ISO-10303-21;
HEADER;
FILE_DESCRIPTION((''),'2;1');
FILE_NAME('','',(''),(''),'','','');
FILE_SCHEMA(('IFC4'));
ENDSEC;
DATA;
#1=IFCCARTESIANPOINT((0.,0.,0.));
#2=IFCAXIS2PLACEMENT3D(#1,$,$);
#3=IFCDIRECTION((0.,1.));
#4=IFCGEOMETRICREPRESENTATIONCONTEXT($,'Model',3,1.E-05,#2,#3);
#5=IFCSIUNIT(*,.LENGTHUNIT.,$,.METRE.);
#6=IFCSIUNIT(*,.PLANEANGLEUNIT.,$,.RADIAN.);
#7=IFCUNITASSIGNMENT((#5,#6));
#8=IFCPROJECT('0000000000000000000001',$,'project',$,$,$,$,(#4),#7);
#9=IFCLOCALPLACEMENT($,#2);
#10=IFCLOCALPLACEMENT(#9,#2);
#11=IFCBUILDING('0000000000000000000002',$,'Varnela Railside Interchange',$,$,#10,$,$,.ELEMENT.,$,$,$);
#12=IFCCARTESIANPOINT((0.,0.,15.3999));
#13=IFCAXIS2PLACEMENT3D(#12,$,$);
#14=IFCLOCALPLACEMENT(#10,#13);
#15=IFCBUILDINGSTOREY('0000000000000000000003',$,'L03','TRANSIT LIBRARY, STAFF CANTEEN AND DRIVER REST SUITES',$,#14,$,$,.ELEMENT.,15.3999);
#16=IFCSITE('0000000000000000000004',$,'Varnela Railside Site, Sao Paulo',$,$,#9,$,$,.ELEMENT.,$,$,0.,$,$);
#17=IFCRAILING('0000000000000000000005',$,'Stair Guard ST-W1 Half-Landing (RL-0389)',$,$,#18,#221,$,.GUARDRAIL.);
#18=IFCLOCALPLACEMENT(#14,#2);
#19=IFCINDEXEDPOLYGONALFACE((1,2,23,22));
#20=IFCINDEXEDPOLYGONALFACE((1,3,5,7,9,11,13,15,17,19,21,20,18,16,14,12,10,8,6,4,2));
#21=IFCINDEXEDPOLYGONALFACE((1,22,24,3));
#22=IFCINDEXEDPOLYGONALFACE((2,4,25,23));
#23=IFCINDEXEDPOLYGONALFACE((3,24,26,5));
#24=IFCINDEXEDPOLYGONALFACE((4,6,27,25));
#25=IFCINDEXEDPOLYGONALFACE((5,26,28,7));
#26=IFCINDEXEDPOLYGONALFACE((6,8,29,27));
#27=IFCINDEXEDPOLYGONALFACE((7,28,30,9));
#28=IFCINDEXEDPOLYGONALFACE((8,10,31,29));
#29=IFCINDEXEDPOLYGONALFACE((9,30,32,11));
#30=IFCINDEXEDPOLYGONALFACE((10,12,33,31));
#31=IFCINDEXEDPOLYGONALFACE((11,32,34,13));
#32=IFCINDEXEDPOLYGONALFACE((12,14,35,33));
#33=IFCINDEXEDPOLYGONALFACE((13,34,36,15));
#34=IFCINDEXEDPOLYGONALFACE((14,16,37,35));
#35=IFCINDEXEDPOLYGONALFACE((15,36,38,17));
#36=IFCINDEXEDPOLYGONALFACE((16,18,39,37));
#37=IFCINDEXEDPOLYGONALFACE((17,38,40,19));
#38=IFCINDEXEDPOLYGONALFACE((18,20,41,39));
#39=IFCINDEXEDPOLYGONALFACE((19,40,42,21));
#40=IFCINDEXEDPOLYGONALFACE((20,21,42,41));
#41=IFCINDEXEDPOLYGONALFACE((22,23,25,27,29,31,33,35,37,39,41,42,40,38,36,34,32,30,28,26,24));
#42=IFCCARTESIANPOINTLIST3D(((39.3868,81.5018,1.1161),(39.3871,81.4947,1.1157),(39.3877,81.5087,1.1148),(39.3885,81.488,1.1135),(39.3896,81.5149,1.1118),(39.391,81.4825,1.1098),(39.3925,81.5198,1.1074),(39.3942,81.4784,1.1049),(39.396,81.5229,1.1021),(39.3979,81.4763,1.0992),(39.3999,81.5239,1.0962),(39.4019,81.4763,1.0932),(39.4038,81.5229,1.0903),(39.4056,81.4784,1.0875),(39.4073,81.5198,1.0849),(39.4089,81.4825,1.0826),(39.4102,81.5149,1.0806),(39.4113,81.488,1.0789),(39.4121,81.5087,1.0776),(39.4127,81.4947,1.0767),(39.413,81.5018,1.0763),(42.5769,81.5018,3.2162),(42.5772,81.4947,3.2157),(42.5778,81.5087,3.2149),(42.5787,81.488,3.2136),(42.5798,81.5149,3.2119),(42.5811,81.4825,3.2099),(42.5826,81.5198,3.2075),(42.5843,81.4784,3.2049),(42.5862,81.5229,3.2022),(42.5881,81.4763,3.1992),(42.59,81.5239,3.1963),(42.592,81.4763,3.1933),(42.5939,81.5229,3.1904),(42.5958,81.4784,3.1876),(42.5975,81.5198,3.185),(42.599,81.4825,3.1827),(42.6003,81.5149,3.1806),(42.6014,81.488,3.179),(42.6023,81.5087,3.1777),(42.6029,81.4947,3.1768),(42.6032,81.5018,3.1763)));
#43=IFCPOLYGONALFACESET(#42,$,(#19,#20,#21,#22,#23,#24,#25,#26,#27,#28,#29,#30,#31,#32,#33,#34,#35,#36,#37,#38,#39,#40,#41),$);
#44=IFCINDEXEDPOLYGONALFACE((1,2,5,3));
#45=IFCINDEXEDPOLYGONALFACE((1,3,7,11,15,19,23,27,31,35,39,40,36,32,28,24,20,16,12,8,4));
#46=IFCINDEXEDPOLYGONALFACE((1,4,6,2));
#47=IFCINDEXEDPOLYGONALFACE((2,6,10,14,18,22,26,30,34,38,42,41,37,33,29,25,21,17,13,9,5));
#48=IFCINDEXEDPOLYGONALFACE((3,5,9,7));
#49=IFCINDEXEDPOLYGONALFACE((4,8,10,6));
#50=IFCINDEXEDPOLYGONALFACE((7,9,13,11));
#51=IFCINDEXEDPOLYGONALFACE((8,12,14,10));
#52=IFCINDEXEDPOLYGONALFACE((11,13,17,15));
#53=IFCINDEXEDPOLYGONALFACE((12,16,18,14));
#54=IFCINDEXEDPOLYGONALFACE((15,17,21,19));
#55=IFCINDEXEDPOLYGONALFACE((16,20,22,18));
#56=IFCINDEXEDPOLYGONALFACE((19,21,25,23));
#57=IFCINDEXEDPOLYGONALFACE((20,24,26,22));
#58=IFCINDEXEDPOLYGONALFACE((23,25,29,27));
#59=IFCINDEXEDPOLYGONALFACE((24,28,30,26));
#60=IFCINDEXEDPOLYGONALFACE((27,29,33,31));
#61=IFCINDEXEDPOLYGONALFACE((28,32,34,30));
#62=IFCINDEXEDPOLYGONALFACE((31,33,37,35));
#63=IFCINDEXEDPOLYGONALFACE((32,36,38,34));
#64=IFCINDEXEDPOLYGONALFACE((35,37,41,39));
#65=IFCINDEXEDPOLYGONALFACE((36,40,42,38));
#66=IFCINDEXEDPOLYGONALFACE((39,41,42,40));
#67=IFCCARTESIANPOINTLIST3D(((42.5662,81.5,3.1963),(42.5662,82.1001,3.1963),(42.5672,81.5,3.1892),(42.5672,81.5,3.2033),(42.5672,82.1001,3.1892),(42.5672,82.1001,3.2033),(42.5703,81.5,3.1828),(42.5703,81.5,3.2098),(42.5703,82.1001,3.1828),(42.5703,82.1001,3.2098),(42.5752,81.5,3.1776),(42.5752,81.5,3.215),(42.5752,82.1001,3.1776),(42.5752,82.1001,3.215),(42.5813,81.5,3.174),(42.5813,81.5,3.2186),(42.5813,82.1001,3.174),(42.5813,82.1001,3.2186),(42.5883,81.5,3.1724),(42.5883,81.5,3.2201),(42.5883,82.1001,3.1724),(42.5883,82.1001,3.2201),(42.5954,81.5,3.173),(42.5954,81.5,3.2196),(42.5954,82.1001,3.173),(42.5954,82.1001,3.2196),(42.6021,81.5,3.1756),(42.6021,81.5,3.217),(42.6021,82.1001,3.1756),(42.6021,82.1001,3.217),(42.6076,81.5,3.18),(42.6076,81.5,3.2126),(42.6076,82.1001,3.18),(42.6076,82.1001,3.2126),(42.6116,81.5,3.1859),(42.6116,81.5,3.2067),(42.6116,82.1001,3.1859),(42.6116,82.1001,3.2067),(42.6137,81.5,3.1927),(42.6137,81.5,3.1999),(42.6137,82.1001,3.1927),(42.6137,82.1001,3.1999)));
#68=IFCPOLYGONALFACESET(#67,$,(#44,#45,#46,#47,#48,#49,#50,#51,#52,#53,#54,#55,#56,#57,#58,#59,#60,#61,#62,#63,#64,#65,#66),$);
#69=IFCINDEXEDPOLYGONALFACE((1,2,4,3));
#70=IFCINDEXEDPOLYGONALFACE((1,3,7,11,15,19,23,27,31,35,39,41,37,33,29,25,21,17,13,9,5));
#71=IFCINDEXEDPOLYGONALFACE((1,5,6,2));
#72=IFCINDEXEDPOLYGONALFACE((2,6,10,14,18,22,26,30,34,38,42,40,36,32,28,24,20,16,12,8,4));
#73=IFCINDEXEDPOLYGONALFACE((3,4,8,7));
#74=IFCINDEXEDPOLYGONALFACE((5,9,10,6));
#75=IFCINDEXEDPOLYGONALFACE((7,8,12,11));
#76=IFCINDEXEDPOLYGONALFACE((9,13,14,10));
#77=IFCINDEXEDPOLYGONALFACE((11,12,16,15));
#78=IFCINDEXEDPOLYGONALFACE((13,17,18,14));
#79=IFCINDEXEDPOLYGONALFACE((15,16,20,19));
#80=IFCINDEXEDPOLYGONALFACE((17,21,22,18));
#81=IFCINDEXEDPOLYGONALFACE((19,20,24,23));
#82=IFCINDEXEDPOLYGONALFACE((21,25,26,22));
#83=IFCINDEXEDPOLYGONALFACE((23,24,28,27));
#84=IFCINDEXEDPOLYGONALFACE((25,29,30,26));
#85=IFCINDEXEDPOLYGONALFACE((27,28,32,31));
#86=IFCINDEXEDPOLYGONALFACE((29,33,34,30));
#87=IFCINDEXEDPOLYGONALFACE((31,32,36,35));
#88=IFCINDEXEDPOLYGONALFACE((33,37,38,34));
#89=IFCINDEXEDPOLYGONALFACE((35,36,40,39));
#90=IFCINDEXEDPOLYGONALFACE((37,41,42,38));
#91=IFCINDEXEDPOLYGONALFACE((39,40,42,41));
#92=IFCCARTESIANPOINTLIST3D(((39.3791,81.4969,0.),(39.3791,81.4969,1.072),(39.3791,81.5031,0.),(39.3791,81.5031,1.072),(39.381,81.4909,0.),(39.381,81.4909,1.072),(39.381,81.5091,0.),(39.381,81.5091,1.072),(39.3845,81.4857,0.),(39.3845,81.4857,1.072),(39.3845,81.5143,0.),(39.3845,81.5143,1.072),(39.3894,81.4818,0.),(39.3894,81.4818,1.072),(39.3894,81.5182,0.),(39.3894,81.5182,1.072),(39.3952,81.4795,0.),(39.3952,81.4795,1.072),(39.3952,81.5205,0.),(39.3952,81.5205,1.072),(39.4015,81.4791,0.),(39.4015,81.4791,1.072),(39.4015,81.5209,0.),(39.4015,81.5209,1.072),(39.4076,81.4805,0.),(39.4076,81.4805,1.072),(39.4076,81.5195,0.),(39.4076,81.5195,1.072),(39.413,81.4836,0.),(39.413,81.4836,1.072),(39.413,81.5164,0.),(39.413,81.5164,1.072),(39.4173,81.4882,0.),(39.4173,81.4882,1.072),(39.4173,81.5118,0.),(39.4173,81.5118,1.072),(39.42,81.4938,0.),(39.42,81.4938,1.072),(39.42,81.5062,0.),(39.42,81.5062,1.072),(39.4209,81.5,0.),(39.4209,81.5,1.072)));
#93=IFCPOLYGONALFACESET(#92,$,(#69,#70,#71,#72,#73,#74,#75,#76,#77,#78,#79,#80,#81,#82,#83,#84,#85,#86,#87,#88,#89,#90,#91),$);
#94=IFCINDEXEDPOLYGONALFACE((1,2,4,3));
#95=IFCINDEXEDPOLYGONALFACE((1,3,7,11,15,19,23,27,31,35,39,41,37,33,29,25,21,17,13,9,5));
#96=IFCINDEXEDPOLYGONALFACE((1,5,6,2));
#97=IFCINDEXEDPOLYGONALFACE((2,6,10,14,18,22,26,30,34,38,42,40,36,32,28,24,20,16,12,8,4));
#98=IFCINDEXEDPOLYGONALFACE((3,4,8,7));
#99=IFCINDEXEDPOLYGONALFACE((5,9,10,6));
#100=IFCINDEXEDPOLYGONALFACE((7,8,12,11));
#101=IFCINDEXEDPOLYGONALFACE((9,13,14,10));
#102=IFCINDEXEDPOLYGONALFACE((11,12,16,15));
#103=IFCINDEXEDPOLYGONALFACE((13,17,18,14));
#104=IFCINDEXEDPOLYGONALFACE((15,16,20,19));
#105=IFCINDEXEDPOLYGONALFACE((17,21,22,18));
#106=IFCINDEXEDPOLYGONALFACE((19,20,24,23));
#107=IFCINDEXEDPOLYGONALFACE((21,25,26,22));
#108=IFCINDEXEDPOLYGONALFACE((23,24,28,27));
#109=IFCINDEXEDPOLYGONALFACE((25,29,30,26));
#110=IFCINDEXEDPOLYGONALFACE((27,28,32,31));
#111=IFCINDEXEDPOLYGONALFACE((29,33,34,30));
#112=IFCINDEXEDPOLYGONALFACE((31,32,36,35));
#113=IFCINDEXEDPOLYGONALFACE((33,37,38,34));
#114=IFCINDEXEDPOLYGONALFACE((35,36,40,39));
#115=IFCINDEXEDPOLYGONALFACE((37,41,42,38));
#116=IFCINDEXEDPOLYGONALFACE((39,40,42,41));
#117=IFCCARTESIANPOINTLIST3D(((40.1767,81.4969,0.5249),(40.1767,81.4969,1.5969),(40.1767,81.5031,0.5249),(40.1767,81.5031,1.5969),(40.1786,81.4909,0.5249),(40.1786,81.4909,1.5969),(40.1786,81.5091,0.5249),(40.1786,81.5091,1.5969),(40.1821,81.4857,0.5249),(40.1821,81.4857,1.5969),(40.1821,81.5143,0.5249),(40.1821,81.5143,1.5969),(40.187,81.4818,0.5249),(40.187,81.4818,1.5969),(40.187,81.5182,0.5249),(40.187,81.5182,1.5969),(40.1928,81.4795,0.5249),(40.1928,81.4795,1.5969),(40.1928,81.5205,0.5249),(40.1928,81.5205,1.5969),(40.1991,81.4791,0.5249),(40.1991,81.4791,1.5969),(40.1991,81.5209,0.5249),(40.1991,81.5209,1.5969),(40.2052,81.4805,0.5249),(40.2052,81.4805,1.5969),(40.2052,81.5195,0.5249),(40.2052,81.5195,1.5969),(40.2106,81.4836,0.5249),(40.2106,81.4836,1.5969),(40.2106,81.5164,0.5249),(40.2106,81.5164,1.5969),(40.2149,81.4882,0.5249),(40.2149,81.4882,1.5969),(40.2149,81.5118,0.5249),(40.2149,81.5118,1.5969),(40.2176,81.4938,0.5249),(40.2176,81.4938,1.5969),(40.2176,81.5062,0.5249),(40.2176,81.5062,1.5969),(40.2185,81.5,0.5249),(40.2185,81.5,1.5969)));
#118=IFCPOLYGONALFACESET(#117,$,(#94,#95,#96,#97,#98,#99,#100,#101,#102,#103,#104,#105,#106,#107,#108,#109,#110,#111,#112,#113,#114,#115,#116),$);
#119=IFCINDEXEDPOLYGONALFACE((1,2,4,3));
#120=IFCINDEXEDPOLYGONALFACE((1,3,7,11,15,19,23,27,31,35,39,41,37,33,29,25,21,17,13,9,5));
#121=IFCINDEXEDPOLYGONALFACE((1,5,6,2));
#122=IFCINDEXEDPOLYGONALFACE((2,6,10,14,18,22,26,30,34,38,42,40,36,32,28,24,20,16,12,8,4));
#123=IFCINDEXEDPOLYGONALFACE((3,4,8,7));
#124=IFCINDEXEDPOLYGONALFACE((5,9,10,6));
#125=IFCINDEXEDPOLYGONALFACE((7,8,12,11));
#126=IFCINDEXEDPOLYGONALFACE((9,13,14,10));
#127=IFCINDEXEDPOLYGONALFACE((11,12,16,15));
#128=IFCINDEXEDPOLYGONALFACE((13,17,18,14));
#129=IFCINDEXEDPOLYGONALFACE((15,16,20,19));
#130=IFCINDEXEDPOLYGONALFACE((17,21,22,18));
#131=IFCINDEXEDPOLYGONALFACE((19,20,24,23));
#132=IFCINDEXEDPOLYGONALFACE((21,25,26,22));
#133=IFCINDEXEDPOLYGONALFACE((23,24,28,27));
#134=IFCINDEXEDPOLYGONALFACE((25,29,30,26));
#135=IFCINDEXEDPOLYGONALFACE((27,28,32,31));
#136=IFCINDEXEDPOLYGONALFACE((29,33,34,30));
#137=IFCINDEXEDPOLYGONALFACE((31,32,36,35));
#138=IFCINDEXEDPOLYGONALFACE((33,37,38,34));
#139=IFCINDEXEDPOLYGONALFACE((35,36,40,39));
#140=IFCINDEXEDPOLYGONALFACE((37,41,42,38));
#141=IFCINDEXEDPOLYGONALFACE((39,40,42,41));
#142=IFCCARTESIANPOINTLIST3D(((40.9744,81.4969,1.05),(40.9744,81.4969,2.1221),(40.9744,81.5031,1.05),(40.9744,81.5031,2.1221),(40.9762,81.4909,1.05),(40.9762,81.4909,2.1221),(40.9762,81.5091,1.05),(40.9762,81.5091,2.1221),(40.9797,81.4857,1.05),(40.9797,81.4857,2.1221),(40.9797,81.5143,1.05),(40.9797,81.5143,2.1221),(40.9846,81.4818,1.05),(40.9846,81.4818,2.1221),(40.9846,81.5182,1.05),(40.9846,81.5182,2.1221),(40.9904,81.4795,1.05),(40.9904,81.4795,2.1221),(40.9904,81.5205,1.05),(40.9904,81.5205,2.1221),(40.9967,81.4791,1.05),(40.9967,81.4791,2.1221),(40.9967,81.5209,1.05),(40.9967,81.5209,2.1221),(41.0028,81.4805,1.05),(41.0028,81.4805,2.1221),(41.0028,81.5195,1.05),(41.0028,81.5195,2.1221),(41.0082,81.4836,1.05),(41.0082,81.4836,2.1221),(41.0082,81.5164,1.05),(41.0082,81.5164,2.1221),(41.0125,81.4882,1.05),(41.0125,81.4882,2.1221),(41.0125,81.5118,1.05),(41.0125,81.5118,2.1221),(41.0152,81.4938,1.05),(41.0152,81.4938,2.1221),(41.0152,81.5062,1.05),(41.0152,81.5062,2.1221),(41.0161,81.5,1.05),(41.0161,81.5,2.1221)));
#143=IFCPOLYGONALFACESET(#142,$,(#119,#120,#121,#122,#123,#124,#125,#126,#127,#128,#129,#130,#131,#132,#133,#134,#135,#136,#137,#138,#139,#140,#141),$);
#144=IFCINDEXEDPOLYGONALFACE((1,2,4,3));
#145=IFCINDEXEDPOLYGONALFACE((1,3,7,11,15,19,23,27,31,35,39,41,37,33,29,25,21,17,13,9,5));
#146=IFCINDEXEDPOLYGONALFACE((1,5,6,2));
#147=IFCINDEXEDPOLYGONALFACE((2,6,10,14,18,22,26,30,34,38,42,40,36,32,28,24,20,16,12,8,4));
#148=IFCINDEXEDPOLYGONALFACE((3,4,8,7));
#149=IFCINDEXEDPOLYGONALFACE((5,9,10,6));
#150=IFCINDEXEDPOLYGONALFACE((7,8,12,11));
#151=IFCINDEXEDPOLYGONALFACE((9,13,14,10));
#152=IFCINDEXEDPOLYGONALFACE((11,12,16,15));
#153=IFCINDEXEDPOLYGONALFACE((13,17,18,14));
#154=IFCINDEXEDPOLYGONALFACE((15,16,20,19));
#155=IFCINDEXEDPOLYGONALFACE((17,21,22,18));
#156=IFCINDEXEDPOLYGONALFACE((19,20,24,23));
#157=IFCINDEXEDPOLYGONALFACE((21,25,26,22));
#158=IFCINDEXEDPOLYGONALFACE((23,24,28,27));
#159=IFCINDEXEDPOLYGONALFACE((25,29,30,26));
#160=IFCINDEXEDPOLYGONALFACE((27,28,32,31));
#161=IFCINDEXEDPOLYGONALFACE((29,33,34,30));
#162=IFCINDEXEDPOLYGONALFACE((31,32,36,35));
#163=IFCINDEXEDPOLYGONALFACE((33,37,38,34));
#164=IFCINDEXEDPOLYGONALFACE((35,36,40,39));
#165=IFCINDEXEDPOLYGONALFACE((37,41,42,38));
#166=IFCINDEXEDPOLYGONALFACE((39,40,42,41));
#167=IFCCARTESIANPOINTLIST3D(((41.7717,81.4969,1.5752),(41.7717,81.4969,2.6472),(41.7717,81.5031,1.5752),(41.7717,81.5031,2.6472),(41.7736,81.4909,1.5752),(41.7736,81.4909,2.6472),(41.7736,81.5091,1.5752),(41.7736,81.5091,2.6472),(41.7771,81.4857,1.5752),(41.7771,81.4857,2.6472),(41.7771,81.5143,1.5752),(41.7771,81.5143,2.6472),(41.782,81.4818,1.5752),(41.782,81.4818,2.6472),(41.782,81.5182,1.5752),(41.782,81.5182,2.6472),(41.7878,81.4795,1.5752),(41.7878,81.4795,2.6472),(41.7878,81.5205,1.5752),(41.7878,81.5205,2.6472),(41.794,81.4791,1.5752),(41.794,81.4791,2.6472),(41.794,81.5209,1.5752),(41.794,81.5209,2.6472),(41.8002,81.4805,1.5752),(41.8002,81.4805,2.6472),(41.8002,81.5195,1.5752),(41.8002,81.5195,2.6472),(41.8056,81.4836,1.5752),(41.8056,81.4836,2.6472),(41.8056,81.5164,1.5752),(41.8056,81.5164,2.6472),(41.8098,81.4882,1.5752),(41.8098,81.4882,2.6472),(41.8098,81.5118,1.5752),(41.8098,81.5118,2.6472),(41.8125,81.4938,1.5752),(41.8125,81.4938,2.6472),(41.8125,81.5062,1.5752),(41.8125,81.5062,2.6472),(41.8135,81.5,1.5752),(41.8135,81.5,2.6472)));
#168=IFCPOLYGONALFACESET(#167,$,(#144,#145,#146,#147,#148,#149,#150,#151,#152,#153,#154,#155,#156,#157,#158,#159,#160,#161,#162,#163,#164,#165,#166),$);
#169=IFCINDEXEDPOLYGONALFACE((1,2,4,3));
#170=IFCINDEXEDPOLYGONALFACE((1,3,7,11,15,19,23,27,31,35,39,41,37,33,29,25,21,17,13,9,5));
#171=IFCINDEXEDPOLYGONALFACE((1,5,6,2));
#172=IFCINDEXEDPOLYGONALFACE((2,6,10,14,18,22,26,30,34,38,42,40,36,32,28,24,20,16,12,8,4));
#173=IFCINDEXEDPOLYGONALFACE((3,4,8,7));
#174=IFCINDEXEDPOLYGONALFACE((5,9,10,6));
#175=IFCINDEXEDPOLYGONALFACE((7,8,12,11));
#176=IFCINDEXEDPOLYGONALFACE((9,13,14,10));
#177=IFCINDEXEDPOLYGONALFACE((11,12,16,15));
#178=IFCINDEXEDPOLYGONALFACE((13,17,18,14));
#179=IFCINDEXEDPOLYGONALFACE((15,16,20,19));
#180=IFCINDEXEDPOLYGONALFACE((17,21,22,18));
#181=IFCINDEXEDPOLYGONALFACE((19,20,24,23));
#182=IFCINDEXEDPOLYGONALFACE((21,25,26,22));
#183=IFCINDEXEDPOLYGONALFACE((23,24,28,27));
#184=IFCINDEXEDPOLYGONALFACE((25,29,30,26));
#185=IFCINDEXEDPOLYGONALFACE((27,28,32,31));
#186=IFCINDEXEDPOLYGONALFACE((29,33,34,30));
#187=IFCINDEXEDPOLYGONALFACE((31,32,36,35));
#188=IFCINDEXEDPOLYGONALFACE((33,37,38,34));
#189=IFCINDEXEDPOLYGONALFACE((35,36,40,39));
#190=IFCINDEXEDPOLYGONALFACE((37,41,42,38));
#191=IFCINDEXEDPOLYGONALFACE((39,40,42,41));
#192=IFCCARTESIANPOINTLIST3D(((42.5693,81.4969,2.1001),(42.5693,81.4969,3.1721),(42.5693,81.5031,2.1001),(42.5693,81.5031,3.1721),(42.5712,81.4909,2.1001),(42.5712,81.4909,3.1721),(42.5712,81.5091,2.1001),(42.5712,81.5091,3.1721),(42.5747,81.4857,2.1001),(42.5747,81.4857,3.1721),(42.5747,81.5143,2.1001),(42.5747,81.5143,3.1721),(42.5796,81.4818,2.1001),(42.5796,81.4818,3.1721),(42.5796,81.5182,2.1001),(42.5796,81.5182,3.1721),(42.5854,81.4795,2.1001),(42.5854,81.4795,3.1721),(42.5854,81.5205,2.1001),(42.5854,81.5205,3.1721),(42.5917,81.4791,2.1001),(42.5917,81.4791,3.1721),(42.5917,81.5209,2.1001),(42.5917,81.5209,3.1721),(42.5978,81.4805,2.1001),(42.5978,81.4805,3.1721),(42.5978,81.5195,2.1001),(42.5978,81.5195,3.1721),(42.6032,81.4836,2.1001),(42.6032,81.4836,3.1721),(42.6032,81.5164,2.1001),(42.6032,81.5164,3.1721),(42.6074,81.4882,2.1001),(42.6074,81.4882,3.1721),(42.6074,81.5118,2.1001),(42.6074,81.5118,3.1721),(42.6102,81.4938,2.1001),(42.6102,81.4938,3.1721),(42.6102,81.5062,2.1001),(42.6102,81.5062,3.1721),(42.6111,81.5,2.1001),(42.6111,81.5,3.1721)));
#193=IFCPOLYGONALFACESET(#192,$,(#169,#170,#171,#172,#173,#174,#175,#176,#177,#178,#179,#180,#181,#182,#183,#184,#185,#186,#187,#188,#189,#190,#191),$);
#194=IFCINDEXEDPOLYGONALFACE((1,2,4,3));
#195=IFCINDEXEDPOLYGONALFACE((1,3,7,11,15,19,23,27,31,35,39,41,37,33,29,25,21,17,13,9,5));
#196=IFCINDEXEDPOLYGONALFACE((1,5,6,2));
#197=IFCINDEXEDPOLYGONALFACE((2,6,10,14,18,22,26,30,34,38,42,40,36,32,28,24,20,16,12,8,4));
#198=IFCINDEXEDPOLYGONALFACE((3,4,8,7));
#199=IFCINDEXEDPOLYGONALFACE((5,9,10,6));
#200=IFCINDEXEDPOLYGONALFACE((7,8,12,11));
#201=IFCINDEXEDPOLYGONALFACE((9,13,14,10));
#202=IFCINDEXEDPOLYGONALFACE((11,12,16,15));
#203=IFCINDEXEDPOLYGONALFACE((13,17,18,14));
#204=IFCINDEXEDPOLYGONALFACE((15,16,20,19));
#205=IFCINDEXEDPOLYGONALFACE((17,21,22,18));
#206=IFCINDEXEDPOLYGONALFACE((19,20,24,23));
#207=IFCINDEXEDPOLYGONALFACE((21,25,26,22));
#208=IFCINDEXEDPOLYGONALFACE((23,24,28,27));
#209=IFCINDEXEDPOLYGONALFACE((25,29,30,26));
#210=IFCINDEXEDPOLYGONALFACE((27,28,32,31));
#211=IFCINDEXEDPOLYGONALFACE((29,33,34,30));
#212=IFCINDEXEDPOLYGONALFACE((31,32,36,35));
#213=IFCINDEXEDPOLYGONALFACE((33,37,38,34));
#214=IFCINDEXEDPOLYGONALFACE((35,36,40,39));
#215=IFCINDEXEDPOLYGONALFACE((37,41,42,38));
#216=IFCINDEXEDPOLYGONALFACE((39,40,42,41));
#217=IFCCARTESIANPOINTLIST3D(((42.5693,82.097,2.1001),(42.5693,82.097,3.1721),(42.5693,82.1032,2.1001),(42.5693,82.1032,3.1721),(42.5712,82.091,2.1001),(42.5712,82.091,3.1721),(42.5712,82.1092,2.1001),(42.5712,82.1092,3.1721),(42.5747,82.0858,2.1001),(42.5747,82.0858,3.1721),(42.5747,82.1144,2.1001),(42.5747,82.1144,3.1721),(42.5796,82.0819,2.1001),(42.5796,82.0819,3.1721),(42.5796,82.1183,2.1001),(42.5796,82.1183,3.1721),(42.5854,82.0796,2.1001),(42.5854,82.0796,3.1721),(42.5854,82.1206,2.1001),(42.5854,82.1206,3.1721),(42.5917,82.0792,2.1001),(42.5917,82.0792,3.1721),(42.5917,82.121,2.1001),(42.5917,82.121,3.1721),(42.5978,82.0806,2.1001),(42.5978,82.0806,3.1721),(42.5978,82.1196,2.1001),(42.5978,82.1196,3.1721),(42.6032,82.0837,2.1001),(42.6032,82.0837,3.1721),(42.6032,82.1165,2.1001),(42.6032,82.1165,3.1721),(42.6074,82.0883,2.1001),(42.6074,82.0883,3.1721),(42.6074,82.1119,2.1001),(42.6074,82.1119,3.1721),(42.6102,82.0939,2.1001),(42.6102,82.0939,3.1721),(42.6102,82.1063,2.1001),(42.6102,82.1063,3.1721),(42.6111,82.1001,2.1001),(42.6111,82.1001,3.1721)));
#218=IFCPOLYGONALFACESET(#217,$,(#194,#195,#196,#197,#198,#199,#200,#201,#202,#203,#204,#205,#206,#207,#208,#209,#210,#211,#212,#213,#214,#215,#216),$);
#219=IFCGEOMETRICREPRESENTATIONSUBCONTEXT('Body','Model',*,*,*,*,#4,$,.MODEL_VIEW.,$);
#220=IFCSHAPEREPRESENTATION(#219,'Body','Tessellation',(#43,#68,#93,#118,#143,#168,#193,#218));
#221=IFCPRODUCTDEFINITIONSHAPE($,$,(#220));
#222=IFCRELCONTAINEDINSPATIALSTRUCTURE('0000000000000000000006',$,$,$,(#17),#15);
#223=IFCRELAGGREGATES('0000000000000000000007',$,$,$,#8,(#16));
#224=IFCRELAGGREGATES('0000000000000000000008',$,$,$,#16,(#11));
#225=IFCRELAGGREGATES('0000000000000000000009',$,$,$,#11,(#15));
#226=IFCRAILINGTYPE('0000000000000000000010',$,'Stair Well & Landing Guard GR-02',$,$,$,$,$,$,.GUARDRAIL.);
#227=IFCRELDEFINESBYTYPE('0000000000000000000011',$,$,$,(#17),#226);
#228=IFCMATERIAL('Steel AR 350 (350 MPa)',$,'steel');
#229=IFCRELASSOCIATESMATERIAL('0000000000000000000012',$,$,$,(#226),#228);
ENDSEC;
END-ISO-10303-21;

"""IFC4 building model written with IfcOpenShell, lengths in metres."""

from ifc_helpers import new_model, si_unit, direction, frame, origin, origin_2d, place, context, subcontext, project, spatial, circle, extrude, material, type_object, element, save


model = new_model("IFC4")

# Units and contexts
model_context = context("Model", 3, precision=1e-05, world=origin(), true_north=direction((0.0, 1.0)))
body_context = subcontext(model_context, "Body", "Model", "MODEL_VIEW")
ifc_project = project(units=[si_unit("LENGTHUNIT", "METRE"), si_unit("PLANEANGLEUNIT", "RADIAN")], contexts=[model_context])

# Site, building, storey
site_placement = place(None, origin())
site = spatial("IfcSite", under=ifc_project, at=site_placement, Name="Varnela Railside Site, Sao Paulo", CompositionType="ELEMENT", RefElevation=0.0)
building_placement = place(site_placement, origin())
building = spatial("IfcBuilding", under=site, at=building_placement, Name="Varnela Railside Interchange", CompositionType="ELEMENT")
storey_placement = place(building_placement, frame((0.0, 0.0, 15.3999)))
storey = spatial("IfcBuildingStorey", under=building, at=storey_placement, Name="L03", Description="TRANSIT LIBRARY, STAFF CANTEEN AND DRIVER REST SUITES", CompositionType="ELEMENT", Elevation=15.3999)

# Shared definitions
ifc_material_1 = material(Name="Steel AR 350 (350 MPa)", Category="steel")

# Railing
railing_type_1 = type_object("IfcRailingType", Name="Stair Well & Landing Guard GR-02", PredefinedType="GUARDRAIL", material=ifc_material_1)
railing_1_placement = place(storey_placement, frame((39.3999, 81.5, 0.0)))
element("IfcRailing", 1, at=railing_1_placement, inside=storey, type_object=railing_type_1, Name="Stair Guard ST-W1 Half-Landing (RL-0389)", PredefinedType="GUARDRAIL", context=body_context, shape_type="SweptSolid", body=[
    extrude(circle(Radius=0.0239, at=origin_2d()), frame((0.0, 0.0, 1.0962), z_axis=(0.835262, 0.0, 0.549852), x_axis=(0.0, 1.0, 0.0)), (0.0, 0.0, 1.0), 3.8193),
    extrude(circle(Radius=0.0239, at=origin_2d()), frame((3.1902, 0.0, 3.1963), z_axis=(0.0, 1.0, 0.0), x_axis=(-1.0, 0.0, 0.0)), (0.0, 0.0, 1.0), 0.6001),
    extrude(circle(Radius=0.021, at=origin_2d()), origin(), (0.0, 0.0, 1.0), 1.072),
    extrude(circle(Radius=0.021, at=origin_2d()), frame((0.7976, 0.0, 0.5249)), (0.0, 0.0, 1.0), 1.072),
    extrude(circle(Radius=0.021, at=origin_2d()), frame((1.5952, 0.0, 1.05)), (0.0, 0.0, 1.0), 1.072),
    extrude(circle(Radius=0.021, at=origin_2d()), frame((2.3926, 0.0, 1.5752)), (0.0, 0.0, 1.0), 1.072),
    extrude(circle(Radius=0.021, at=origin_2d()), frame((3.1902, 0.0, 2.1001)), (0.0, 0.0, 1.0), 1.072),
    extrude(circle(Radius=0.021, at=origin_2d()), frame((3.1902, 0.6001, 2.1001)), (0.0, 0.0, 1.0), 1.072),
])

save(model, "model.ifc")
